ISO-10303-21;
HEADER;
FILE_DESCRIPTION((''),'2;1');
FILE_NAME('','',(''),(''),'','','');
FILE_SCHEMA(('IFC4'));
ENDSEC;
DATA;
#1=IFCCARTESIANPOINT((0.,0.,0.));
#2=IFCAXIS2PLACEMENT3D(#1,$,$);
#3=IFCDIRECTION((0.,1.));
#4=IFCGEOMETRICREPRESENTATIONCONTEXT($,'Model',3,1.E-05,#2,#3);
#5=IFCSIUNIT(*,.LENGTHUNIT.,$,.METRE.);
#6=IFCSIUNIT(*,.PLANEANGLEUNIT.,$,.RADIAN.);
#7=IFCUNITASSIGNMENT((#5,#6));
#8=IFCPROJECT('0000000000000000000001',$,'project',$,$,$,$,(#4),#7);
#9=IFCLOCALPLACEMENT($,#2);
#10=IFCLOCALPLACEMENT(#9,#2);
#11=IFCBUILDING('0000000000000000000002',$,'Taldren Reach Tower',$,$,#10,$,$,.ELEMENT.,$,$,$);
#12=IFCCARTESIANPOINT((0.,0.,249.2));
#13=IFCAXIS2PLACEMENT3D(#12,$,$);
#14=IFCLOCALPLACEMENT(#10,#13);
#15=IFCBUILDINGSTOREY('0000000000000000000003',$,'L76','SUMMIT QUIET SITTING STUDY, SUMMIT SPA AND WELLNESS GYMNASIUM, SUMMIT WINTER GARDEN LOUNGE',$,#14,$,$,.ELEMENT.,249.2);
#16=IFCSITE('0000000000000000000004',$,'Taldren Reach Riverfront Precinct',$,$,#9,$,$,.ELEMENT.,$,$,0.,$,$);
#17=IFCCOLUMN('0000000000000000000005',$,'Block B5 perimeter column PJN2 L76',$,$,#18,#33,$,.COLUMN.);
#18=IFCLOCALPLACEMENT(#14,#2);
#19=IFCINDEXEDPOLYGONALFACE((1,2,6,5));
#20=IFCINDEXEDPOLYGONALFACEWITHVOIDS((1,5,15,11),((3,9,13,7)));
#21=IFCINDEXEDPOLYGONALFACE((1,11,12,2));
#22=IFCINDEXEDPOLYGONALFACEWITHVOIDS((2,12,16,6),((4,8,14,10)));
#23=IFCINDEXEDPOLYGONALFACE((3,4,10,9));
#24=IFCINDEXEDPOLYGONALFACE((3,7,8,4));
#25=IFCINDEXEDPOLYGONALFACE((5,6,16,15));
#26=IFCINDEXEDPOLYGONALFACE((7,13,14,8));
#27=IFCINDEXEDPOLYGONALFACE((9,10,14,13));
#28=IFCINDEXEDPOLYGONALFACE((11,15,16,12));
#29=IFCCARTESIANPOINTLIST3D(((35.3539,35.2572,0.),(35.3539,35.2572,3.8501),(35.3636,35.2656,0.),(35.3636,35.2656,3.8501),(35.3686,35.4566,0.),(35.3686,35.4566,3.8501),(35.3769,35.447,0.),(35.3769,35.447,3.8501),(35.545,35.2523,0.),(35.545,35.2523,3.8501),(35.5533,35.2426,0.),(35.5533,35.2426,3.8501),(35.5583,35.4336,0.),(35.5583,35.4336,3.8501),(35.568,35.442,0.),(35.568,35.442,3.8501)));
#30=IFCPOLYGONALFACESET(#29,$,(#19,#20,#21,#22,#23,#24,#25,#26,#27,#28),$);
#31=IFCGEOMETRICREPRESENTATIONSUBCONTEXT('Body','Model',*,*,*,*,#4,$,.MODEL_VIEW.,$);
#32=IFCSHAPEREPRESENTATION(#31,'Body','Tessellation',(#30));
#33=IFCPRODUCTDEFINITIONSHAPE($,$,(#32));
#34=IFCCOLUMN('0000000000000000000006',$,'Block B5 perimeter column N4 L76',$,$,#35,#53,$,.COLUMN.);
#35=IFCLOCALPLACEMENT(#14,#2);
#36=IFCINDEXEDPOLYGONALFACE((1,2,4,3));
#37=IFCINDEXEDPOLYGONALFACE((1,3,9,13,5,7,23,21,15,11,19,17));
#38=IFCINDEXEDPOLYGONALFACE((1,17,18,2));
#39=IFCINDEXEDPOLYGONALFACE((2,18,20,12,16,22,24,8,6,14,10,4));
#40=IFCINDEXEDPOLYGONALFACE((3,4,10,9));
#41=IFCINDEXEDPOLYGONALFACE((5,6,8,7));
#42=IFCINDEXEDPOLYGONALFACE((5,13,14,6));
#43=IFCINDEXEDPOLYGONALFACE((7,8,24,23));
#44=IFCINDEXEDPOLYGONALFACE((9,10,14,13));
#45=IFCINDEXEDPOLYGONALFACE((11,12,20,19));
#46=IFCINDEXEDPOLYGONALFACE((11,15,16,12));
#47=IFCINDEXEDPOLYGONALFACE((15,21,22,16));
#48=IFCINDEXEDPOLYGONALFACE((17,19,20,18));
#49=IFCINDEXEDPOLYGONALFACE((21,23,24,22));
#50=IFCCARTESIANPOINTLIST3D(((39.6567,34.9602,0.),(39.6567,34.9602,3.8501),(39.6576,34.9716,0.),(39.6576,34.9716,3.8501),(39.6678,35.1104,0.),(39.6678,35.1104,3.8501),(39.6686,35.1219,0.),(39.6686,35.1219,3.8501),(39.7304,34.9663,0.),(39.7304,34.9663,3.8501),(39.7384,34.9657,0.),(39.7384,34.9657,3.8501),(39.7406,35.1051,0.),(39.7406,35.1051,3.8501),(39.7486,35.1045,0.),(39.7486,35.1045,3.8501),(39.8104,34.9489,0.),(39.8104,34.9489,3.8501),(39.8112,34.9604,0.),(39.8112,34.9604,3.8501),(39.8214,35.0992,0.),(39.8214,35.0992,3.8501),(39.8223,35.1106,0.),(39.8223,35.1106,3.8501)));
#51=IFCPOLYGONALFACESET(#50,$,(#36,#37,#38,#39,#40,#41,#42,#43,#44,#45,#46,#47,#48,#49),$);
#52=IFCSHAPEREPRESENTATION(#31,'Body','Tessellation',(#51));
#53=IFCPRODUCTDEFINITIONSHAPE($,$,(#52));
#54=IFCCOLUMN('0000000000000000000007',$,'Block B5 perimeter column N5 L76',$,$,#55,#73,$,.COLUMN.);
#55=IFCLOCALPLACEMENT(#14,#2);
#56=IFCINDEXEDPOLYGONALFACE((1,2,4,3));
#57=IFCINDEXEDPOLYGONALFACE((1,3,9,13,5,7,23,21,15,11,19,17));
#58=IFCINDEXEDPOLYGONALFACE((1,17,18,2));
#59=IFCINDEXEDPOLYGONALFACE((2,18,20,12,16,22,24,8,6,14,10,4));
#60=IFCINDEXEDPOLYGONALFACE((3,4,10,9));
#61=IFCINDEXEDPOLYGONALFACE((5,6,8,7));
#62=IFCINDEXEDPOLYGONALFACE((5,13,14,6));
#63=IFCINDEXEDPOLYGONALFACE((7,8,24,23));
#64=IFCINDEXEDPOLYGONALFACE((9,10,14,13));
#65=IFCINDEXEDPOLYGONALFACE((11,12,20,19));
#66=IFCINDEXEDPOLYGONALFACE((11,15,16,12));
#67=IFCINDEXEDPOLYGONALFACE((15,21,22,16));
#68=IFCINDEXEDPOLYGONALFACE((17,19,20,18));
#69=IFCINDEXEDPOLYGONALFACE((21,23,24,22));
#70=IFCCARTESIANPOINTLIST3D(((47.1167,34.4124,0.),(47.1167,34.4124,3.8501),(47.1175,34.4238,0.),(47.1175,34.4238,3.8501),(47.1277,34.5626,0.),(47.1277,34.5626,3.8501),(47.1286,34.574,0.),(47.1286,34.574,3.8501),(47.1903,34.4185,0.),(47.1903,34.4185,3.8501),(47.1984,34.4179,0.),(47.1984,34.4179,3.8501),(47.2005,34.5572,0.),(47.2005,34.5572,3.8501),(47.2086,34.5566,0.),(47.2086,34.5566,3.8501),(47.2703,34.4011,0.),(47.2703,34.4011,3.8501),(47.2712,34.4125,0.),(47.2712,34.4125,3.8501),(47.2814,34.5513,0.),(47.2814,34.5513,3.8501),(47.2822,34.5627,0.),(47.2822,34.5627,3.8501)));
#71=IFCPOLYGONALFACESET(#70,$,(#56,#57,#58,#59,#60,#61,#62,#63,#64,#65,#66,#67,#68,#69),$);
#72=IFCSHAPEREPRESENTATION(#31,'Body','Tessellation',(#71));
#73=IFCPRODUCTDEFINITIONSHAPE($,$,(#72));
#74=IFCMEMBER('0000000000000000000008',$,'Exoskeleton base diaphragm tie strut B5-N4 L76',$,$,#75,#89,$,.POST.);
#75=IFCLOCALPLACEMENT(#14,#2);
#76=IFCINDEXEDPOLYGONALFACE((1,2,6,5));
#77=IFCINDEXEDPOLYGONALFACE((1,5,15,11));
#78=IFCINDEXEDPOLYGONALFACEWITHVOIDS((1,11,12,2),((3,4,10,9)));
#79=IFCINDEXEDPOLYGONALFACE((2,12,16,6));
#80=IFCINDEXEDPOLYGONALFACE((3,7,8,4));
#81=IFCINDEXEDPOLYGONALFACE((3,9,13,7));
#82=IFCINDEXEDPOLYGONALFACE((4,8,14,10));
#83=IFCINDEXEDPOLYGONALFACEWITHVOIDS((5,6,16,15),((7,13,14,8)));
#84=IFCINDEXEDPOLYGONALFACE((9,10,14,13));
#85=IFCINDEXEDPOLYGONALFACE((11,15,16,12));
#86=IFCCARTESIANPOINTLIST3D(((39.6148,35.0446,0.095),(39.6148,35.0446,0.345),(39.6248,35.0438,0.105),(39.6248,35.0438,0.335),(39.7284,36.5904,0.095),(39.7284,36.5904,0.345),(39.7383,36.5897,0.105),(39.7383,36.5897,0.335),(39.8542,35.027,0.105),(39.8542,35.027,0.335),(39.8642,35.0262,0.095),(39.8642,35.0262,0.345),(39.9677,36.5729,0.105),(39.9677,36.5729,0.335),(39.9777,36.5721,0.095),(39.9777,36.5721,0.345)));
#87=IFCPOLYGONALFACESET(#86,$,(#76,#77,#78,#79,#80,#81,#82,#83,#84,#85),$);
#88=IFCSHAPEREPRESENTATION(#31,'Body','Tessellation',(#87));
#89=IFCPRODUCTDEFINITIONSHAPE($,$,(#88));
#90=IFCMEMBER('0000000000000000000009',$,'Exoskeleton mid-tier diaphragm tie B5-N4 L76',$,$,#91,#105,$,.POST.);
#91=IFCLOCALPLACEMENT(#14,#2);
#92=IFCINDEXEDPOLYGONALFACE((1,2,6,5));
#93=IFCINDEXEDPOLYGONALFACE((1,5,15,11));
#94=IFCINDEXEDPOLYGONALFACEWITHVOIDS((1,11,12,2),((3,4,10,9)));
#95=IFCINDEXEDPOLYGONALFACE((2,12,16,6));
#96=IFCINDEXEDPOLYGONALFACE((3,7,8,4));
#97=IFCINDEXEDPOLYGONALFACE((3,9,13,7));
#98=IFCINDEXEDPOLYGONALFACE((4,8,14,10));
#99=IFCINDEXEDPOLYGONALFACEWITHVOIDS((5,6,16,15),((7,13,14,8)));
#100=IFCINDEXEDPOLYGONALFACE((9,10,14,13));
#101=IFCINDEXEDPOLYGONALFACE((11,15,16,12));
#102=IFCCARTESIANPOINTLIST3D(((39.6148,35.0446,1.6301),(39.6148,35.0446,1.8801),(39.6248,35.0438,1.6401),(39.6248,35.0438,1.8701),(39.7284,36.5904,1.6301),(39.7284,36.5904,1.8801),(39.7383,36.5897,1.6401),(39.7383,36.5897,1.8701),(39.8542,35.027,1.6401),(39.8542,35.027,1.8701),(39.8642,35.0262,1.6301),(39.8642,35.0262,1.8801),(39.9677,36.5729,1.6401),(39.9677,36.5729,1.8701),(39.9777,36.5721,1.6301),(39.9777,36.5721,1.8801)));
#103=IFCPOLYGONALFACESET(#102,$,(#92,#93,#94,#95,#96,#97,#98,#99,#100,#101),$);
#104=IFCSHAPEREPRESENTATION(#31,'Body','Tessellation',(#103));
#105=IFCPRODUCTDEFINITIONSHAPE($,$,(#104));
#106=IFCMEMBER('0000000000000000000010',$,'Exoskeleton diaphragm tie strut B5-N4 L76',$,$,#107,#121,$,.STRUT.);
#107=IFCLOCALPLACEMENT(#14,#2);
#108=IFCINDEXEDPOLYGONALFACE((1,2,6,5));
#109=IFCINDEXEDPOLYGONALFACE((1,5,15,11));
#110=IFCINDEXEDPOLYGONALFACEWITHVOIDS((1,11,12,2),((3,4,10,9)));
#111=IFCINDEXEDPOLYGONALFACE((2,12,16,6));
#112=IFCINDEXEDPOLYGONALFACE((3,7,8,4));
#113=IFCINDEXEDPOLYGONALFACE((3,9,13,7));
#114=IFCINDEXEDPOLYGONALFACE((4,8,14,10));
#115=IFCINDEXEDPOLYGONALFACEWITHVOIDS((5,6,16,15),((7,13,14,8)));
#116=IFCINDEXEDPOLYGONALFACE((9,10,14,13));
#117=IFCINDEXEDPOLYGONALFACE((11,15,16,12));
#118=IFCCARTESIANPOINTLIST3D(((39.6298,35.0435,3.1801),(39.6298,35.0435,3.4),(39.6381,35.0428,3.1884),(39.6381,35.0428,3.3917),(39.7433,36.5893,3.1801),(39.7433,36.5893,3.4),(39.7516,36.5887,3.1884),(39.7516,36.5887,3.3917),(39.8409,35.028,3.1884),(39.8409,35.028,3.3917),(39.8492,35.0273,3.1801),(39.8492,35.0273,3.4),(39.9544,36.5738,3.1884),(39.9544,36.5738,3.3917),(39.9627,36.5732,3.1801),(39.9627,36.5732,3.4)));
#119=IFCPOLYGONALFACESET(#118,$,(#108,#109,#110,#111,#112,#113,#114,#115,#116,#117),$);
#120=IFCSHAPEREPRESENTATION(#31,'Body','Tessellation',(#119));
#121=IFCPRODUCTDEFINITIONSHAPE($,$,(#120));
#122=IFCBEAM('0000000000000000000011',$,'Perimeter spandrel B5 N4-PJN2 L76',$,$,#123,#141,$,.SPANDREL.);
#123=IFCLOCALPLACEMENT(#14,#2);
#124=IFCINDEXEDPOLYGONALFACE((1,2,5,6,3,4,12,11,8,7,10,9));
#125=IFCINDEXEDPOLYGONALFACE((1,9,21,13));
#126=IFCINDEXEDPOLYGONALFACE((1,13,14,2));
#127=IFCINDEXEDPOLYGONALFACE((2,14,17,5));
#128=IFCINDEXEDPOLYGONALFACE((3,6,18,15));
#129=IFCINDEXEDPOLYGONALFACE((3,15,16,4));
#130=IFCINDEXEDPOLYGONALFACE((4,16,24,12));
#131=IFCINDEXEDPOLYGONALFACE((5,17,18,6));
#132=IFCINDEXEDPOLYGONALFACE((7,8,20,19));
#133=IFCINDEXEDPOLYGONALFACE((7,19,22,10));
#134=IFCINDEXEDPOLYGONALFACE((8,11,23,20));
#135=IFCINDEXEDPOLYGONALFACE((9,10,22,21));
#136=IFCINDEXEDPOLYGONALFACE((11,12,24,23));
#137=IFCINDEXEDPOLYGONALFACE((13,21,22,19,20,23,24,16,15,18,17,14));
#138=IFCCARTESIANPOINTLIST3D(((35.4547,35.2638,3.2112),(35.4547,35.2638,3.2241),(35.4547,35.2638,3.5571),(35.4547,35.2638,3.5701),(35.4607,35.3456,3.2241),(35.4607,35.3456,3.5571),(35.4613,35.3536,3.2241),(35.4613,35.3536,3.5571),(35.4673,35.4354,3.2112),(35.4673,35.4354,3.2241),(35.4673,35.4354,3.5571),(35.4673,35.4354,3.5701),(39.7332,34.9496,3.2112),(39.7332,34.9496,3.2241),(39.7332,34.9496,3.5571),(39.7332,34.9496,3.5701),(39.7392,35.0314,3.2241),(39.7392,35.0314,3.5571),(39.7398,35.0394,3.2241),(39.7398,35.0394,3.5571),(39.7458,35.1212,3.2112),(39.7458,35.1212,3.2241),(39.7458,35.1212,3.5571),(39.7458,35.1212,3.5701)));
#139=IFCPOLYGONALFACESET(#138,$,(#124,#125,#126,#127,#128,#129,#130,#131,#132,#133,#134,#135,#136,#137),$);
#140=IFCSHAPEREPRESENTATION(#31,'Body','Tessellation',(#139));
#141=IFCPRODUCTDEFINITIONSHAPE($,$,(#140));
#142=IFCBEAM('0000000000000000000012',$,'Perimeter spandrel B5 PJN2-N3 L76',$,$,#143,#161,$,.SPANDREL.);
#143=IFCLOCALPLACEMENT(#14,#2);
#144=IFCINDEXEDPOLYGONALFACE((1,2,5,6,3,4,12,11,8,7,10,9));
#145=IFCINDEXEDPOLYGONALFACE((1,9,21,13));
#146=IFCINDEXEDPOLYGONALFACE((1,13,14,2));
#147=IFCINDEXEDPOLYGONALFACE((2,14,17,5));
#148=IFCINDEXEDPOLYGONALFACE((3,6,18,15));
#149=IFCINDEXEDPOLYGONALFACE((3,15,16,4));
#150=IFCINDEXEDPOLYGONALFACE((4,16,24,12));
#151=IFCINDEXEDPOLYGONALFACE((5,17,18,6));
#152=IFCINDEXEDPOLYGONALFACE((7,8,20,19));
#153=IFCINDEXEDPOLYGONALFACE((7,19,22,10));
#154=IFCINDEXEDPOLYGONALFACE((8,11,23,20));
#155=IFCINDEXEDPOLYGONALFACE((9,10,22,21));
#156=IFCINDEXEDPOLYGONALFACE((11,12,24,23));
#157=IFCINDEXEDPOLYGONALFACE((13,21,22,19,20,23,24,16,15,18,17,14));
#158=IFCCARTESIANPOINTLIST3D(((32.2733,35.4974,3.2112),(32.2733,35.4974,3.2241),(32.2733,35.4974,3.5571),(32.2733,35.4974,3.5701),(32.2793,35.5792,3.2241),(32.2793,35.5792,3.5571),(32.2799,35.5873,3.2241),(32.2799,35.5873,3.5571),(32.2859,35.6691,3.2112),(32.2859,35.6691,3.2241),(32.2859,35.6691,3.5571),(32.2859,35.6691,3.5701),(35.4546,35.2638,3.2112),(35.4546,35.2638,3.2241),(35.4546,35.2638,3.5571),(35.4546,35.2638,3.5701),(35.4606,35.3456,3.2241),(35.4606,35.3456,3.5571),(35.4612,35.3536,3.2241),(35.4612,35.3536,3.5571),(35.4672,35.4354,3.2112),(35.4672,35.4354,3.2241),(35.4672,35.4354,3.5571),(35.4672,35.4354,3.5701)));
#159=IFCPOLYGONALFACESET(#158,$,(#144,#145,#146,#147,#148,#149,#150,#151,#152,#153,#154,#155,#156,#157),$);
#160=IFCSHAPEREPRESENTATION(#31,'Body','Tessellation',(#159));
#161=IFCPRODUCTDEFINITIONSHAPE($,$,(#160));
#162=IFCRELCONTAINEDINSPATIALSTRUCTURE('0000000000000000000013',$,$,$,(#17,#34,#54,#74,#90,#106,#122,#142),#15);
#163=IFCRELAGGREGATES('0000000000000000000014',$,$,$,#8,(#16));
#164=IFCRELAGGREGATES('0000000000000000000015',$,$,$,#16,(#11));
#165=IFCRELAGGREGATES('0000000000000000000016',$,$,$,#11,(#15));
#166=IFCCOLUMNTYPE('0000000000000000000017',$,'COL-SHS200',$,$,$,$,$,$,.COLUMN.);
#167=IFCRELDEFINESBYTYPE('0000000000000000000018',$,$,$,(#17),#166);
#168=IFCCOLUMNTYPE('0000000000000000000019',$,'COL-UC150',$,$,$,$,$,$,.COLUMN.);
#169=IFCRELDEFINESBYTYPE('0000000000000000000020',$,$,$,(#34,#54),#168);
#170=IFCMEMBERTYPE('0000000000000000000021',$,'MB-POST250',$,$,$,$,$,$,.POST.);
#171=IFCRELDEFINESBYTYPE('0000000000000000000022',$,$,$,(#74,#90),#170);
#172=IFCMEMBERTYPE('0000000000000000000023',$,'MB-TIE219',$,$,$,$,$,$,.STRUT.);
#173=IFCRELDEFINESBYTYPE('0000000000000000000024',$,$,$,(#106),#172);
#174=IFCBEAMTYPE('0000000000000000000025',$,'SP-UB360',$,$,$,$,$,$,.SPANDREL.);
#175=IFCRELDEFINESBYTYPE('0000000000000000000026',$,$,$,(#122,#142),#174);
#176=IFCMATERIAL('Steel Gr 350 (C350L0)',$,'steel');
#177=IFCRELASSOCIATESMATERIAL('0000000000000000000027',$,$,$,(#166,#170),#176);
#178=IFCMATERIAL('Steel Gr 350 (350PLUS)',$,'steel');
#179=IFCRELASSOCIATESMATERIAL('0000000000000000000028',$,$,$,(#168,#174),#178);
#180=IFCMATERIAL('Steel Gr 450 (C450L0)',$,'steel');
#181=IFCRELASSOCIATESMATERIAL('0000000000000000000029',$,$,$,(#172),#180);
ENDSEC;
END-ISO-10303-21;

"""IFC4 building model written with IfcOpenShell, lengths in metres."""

from ifc_helpers import new_model, si_unit, direction, frame, origin, origin_2d, place, context, subcontext, project, spatial, hollow_rectangle, i_section, extrude, source, transform, mapped, material, material_profile, profile_set, type_object, element, save


model = new_model("IFC4")

# Units and contexts
model_context = context("Model", 3, precision=1e-05, world=origin(), true_north=direction((0.0, 1.0)))
body_context = subcontext(model_context, "Body", "Model", "MODEL_VIEW")
ifc_project = project(units=[si_unit("LENGTHUNIT", "METRE"), si_unit("PLANEANGLEUNIT", "RADIAN")], contexts=[model_context])

# Site, building, storey
site_placement = place(None, origin())
site = spatial("IfcSite", under=ifc_project, at=site_placement, Name="Taldren Reach Riverfront Precinct", CompositionType="ELEMENT", RefElevation=0.0)
building_placement = place(site_placement, origin())
building = spatial("IfcBuilding", under=site, at=building_placement, Name="Taldren Reach Tower", CompositionType="ELEMENT")
storey_placement = place(building_placement, frame((0.0, 0.0, 249.2)))
storey = spatial("IfcBuildingStorey", under=building, at=storey_placement, Name="L76", Description="SUMMIT QUIET SITTING STUDY, SUMMIT SPA AND WELLNESS GYMNASIUM, SUMMIT WINTER GARDEN LOUNGE", CompositionType="ELEMENT", Elevation=249.2)

# Columns
ifc_material_1 = material(Name="Steel Gr 350 (C350L0)", Category="steel")
ifc_material_profile_1 = material_profile(ifc_material_1, hollow_rectangle(XDim=0.2, YDim=0.2, WallThickness=0.009, at=origin_2d()), Name="200x200x9.0SHS")
ifc_profile_set_1 = profile_set([ifc_material_profile_1], Name="Steel Gr 350 (C350L0)")
column_type_1 = type_object("IfcColumnType", Name="COL-SHS200", PredefinedType="COLUMN", material=ifc_profile_set_1)
shared_shape_1 = source(origin(), body_context, "Body", "SweptSolid", [
    extrude(hollow_rectangle(XDim=0.2, YDim=0.2, WallThickness=0.009, at=origin_2d()), origin(), (0.0, 0.0, 1.0), 3.8501),
])
column_placement = place(storey_placement, frame((35.4609, 35.3496, 0.0), z_axis=(0.0, 0.0, 1.0), x_axis=(0.997314, -0.073238, 0.0)))
element("IfcColumn", 1, at=column_placement, inside=storey, type_object=column_type_1, Name="Block B5 perimeter column PJN2 L76", PredefinedType="COLUMN", context=body_context, shape_type="MappedRepresentation", body=[
    mapped(shared_shape_1, transform((0.0, 0.0, 0.0), scale=1.0)),
])
ifc_material_2 = material(Name="Steel Gr 350 (350PLUS)", Category="steel")
ifc_material_profile_2 = material_profile(ifc_material_2, i_section(OverallWidth=0.1541, OverallDepth=0.1621, WebThickness=0.0081, FlangeThickness=0.0115, at=origin_2d()), Name="150UC37.2")
ifc_profile_set_2 = profile_set([ifc_material_profile_2], Name="Steel Gr 350 (350PLUS)")
column_type_2 = type_object("IfcColumnType", Name="COL-UC150", PredefinedType="COLUMN", material=ifc_profile_set_2)
shared_shape_2 = source(origin(), body_context, "Body", "SweptSolid", [
    extrude(i_section(OverallWidth=0.1541, OverallDepth=0.1621, WebThickness=0.0081, FlangeThickness=0.0115, at=origin_2d()), origin(), (0.0, 0.0, 1.0), 3.8501),
])
for number, where, z_axis, x_axis, name in (
    (2, (39.7395, 35.0354, 0.0), (0.0, 0.0, 1.0), (0.997314, -0.073238, 0.0), "Block B5 perimeter column N4 L76"),
    (3, (47.1995, 34.4875, 0.0), (0.0, 0.0, 1.0), (0.997314, -0.073238, 0.0), "Block B5 perimeter column N5 L76"),
):
    element("IfcColumn", number, at=place(storey_placement, frame(where, z_axis=z_axis, x_axis=x_axis)), inside=storey, type_object=column_type_2, Name=name, PredefinedType="COLUMN", context=body_context, shape_type="MappedRepresentation", body=[
        mapped(shared_shape_2, transform((0.0, 0.0, 0.0), scale=1.0)),
    ])

# Members
ifc_material_profile_3 = material_profile(ifc_material_1, hollow_rectangle(XDim=0.25, YDim=0.25, WallThickness=0.01, at=origin_2d()), Name="250x250x10.0SHS")
ifc_profile_set_3 = profile_set([ifc_material_profile_3], Name="Steel Gr 350 (C350L0)")
member_type_1 = type_object("IfcMemberType", Name="MB-POST250", PredefinedType="POST", material=ifc_profile_set_3)
shared_shape_3 = source(origin(), body_context, "Body", "SweptSolid", [
    extrude(hollow_rectangle(XDim=0.25, YDim=0.25, WallThickness=0.01, at=origin_2d()), origin(), (0.0, 0.0, 1.0), 1.55),
])
for number, where, z_axis, x_axis, name in (
    (4, (39.7395, 35.0354, 0.22), (0.073239, 0.997314, 0.0), (-0.997314, 0.073239, 0.0), "Exoskeleton base diaphragm tie strut B5-N4 L76"),
    (5, (39.7395, 35.0354, 1.7551), (0.073239, 0.997314, 0.0), (-0.997314, 0.073239, 0.0), "Exoskeleton mid-tier diaphragm tie B5-N4 L76"),
):
    element("IfcMember", number, at=place(storey_placement, frame(where, z_axis=z_axis, x_axis=x_axis)), inside=storey, type_object=member_type_1, Name=name, PredefinedType="POST", context=body_context, shape_type="MappedRepresentation", body=[
        mapped(shared_shape_3, transform((0.0, 0.0, 0.0), scale=1.0)),
    ])
ifc_material_3 = material(Name="Steel Gr 450 (C450L0)", Category="steel")
ifc_material_profile_4 = material_profile(ifc_material_3, hollow_rectangle(XDim=0.22, YDim=0.22, WallThickness=0.0083, at=origin_2d()), Name="220x220x8.2SHS")
ifc_profile_set_4 = profile_set([ifc_material_profile_4], Name="Steel Gr 450 (C450L0)")
member_type_2 = type_object("IfcMemberType", Name="MB-TIE219", PredefinedType="STRUT", material=ifc_profile_set_4)
shared_shape_4 = source(origin(), body_context, "Body", "SweptSolid", [
    extrude(hollow_rectangle(XDim=0.22, YDim=0.22, WallThickness=0.0083, at=origin_2d()), origin(), (0.0, 0.0, 1.0), 1.55),
])
member_1_placement = place(storey_placement, frame((39.7395, 35.0354, 3.29), z_axis=(0.073239, 0.997314, 0.0), x_axis=(-0.997314, 0.073239, 0.0)))
element("IfcMember", 6, at=member_1_placement, inside=storey, type_object=member_type_2, Name="Exoskeleton diaphragm tie strut B5-N4 L76", PredefinedType="STRUT", context=body_context, shape_type="MappedRepresentation", body=[
    mapped(shared_shape_4, transform((0.0, 0.0, 0.0), scale=1.0)),
])

# Beams
ifc_material_profile_5 = material_profile(ifc_material_2, i_section(OverallWidth=0.1721, OverallDepth=0.3589, WebThickness=0.0081, FlangeThickness=0.0129, at=origin_2d()), Name="360UB56.7")
ifc_profile_set_5 = profile_set([ifc_material_profile_5], Name="Steel Gr 350 (350PLUS)")
beam_type_1 = type_object("IfcBeamType", Name="SP-UB360", PredefinedType="SPANDREL", material=ifc_profile_set_5)
shared_shape_5 = source(origin(), body_context, "Body", "SweptSolid", [
    extrude(i_section(OverallWidth=0.1721, OverallDepth=0.3589, WebThickness=0.0081, FlangeThickness=0.0129, at=origin_2d()), origin(), (0.0, 0.0, 1.0), 4.29),
])
beam_1_placement = place(storey_placement, frame((39.7395, 35.0354, 3.3906), z_axis=(-0.997314, 0.073241, 0.0), x_axis=(-0.073241, -0.997314, 0.0)))
element("IfcBeam", 7, at=beam_1_placement, inside=storey, type_object=beam_type_1, Name="Perimeter spandrel B5 N4-PJN2 L76", PredefinedType="SPANDREL", context=body_context, shape_type="MappedRepresentation", body=[
    mapped(shared_shape_5, transform((0.0, 0.0, 0.0), scale=1.0)),
])
shared_shape_6 = source(origin(), body_context, "Body", "SweptSolid", [
    extrude(i_section(OverallWidth=0.1721, OverallDepth=0.3589, WebThickness=0.0081, FlangeThickness=0.0129, at=origin_2d()), origin(), (0.0, 0.0, 1.0), 3.1899),
])
beam_2_placement = place(storey_placement, frame((35.4609, 35.3496, 3.3906), z_axis=(-0.997314, 0.073243, 0.0), x_axis=(-0.073243, -0.997314, 0.0)))
element("IfcBeam", 8, at=beam_2_placement, inside=storey, type_object=beam_type_1, Name="Perimeter spandrel B5 PJN2-N3 L76", PredefinedType="SPANDREL", context=body_context, shape_type="MappedRepresentation", body=[
    mapped(shared_shape_6, transform((0.0, 0.0, 0.0), scale=1.0)),
])

save(model, "model.ifc")
